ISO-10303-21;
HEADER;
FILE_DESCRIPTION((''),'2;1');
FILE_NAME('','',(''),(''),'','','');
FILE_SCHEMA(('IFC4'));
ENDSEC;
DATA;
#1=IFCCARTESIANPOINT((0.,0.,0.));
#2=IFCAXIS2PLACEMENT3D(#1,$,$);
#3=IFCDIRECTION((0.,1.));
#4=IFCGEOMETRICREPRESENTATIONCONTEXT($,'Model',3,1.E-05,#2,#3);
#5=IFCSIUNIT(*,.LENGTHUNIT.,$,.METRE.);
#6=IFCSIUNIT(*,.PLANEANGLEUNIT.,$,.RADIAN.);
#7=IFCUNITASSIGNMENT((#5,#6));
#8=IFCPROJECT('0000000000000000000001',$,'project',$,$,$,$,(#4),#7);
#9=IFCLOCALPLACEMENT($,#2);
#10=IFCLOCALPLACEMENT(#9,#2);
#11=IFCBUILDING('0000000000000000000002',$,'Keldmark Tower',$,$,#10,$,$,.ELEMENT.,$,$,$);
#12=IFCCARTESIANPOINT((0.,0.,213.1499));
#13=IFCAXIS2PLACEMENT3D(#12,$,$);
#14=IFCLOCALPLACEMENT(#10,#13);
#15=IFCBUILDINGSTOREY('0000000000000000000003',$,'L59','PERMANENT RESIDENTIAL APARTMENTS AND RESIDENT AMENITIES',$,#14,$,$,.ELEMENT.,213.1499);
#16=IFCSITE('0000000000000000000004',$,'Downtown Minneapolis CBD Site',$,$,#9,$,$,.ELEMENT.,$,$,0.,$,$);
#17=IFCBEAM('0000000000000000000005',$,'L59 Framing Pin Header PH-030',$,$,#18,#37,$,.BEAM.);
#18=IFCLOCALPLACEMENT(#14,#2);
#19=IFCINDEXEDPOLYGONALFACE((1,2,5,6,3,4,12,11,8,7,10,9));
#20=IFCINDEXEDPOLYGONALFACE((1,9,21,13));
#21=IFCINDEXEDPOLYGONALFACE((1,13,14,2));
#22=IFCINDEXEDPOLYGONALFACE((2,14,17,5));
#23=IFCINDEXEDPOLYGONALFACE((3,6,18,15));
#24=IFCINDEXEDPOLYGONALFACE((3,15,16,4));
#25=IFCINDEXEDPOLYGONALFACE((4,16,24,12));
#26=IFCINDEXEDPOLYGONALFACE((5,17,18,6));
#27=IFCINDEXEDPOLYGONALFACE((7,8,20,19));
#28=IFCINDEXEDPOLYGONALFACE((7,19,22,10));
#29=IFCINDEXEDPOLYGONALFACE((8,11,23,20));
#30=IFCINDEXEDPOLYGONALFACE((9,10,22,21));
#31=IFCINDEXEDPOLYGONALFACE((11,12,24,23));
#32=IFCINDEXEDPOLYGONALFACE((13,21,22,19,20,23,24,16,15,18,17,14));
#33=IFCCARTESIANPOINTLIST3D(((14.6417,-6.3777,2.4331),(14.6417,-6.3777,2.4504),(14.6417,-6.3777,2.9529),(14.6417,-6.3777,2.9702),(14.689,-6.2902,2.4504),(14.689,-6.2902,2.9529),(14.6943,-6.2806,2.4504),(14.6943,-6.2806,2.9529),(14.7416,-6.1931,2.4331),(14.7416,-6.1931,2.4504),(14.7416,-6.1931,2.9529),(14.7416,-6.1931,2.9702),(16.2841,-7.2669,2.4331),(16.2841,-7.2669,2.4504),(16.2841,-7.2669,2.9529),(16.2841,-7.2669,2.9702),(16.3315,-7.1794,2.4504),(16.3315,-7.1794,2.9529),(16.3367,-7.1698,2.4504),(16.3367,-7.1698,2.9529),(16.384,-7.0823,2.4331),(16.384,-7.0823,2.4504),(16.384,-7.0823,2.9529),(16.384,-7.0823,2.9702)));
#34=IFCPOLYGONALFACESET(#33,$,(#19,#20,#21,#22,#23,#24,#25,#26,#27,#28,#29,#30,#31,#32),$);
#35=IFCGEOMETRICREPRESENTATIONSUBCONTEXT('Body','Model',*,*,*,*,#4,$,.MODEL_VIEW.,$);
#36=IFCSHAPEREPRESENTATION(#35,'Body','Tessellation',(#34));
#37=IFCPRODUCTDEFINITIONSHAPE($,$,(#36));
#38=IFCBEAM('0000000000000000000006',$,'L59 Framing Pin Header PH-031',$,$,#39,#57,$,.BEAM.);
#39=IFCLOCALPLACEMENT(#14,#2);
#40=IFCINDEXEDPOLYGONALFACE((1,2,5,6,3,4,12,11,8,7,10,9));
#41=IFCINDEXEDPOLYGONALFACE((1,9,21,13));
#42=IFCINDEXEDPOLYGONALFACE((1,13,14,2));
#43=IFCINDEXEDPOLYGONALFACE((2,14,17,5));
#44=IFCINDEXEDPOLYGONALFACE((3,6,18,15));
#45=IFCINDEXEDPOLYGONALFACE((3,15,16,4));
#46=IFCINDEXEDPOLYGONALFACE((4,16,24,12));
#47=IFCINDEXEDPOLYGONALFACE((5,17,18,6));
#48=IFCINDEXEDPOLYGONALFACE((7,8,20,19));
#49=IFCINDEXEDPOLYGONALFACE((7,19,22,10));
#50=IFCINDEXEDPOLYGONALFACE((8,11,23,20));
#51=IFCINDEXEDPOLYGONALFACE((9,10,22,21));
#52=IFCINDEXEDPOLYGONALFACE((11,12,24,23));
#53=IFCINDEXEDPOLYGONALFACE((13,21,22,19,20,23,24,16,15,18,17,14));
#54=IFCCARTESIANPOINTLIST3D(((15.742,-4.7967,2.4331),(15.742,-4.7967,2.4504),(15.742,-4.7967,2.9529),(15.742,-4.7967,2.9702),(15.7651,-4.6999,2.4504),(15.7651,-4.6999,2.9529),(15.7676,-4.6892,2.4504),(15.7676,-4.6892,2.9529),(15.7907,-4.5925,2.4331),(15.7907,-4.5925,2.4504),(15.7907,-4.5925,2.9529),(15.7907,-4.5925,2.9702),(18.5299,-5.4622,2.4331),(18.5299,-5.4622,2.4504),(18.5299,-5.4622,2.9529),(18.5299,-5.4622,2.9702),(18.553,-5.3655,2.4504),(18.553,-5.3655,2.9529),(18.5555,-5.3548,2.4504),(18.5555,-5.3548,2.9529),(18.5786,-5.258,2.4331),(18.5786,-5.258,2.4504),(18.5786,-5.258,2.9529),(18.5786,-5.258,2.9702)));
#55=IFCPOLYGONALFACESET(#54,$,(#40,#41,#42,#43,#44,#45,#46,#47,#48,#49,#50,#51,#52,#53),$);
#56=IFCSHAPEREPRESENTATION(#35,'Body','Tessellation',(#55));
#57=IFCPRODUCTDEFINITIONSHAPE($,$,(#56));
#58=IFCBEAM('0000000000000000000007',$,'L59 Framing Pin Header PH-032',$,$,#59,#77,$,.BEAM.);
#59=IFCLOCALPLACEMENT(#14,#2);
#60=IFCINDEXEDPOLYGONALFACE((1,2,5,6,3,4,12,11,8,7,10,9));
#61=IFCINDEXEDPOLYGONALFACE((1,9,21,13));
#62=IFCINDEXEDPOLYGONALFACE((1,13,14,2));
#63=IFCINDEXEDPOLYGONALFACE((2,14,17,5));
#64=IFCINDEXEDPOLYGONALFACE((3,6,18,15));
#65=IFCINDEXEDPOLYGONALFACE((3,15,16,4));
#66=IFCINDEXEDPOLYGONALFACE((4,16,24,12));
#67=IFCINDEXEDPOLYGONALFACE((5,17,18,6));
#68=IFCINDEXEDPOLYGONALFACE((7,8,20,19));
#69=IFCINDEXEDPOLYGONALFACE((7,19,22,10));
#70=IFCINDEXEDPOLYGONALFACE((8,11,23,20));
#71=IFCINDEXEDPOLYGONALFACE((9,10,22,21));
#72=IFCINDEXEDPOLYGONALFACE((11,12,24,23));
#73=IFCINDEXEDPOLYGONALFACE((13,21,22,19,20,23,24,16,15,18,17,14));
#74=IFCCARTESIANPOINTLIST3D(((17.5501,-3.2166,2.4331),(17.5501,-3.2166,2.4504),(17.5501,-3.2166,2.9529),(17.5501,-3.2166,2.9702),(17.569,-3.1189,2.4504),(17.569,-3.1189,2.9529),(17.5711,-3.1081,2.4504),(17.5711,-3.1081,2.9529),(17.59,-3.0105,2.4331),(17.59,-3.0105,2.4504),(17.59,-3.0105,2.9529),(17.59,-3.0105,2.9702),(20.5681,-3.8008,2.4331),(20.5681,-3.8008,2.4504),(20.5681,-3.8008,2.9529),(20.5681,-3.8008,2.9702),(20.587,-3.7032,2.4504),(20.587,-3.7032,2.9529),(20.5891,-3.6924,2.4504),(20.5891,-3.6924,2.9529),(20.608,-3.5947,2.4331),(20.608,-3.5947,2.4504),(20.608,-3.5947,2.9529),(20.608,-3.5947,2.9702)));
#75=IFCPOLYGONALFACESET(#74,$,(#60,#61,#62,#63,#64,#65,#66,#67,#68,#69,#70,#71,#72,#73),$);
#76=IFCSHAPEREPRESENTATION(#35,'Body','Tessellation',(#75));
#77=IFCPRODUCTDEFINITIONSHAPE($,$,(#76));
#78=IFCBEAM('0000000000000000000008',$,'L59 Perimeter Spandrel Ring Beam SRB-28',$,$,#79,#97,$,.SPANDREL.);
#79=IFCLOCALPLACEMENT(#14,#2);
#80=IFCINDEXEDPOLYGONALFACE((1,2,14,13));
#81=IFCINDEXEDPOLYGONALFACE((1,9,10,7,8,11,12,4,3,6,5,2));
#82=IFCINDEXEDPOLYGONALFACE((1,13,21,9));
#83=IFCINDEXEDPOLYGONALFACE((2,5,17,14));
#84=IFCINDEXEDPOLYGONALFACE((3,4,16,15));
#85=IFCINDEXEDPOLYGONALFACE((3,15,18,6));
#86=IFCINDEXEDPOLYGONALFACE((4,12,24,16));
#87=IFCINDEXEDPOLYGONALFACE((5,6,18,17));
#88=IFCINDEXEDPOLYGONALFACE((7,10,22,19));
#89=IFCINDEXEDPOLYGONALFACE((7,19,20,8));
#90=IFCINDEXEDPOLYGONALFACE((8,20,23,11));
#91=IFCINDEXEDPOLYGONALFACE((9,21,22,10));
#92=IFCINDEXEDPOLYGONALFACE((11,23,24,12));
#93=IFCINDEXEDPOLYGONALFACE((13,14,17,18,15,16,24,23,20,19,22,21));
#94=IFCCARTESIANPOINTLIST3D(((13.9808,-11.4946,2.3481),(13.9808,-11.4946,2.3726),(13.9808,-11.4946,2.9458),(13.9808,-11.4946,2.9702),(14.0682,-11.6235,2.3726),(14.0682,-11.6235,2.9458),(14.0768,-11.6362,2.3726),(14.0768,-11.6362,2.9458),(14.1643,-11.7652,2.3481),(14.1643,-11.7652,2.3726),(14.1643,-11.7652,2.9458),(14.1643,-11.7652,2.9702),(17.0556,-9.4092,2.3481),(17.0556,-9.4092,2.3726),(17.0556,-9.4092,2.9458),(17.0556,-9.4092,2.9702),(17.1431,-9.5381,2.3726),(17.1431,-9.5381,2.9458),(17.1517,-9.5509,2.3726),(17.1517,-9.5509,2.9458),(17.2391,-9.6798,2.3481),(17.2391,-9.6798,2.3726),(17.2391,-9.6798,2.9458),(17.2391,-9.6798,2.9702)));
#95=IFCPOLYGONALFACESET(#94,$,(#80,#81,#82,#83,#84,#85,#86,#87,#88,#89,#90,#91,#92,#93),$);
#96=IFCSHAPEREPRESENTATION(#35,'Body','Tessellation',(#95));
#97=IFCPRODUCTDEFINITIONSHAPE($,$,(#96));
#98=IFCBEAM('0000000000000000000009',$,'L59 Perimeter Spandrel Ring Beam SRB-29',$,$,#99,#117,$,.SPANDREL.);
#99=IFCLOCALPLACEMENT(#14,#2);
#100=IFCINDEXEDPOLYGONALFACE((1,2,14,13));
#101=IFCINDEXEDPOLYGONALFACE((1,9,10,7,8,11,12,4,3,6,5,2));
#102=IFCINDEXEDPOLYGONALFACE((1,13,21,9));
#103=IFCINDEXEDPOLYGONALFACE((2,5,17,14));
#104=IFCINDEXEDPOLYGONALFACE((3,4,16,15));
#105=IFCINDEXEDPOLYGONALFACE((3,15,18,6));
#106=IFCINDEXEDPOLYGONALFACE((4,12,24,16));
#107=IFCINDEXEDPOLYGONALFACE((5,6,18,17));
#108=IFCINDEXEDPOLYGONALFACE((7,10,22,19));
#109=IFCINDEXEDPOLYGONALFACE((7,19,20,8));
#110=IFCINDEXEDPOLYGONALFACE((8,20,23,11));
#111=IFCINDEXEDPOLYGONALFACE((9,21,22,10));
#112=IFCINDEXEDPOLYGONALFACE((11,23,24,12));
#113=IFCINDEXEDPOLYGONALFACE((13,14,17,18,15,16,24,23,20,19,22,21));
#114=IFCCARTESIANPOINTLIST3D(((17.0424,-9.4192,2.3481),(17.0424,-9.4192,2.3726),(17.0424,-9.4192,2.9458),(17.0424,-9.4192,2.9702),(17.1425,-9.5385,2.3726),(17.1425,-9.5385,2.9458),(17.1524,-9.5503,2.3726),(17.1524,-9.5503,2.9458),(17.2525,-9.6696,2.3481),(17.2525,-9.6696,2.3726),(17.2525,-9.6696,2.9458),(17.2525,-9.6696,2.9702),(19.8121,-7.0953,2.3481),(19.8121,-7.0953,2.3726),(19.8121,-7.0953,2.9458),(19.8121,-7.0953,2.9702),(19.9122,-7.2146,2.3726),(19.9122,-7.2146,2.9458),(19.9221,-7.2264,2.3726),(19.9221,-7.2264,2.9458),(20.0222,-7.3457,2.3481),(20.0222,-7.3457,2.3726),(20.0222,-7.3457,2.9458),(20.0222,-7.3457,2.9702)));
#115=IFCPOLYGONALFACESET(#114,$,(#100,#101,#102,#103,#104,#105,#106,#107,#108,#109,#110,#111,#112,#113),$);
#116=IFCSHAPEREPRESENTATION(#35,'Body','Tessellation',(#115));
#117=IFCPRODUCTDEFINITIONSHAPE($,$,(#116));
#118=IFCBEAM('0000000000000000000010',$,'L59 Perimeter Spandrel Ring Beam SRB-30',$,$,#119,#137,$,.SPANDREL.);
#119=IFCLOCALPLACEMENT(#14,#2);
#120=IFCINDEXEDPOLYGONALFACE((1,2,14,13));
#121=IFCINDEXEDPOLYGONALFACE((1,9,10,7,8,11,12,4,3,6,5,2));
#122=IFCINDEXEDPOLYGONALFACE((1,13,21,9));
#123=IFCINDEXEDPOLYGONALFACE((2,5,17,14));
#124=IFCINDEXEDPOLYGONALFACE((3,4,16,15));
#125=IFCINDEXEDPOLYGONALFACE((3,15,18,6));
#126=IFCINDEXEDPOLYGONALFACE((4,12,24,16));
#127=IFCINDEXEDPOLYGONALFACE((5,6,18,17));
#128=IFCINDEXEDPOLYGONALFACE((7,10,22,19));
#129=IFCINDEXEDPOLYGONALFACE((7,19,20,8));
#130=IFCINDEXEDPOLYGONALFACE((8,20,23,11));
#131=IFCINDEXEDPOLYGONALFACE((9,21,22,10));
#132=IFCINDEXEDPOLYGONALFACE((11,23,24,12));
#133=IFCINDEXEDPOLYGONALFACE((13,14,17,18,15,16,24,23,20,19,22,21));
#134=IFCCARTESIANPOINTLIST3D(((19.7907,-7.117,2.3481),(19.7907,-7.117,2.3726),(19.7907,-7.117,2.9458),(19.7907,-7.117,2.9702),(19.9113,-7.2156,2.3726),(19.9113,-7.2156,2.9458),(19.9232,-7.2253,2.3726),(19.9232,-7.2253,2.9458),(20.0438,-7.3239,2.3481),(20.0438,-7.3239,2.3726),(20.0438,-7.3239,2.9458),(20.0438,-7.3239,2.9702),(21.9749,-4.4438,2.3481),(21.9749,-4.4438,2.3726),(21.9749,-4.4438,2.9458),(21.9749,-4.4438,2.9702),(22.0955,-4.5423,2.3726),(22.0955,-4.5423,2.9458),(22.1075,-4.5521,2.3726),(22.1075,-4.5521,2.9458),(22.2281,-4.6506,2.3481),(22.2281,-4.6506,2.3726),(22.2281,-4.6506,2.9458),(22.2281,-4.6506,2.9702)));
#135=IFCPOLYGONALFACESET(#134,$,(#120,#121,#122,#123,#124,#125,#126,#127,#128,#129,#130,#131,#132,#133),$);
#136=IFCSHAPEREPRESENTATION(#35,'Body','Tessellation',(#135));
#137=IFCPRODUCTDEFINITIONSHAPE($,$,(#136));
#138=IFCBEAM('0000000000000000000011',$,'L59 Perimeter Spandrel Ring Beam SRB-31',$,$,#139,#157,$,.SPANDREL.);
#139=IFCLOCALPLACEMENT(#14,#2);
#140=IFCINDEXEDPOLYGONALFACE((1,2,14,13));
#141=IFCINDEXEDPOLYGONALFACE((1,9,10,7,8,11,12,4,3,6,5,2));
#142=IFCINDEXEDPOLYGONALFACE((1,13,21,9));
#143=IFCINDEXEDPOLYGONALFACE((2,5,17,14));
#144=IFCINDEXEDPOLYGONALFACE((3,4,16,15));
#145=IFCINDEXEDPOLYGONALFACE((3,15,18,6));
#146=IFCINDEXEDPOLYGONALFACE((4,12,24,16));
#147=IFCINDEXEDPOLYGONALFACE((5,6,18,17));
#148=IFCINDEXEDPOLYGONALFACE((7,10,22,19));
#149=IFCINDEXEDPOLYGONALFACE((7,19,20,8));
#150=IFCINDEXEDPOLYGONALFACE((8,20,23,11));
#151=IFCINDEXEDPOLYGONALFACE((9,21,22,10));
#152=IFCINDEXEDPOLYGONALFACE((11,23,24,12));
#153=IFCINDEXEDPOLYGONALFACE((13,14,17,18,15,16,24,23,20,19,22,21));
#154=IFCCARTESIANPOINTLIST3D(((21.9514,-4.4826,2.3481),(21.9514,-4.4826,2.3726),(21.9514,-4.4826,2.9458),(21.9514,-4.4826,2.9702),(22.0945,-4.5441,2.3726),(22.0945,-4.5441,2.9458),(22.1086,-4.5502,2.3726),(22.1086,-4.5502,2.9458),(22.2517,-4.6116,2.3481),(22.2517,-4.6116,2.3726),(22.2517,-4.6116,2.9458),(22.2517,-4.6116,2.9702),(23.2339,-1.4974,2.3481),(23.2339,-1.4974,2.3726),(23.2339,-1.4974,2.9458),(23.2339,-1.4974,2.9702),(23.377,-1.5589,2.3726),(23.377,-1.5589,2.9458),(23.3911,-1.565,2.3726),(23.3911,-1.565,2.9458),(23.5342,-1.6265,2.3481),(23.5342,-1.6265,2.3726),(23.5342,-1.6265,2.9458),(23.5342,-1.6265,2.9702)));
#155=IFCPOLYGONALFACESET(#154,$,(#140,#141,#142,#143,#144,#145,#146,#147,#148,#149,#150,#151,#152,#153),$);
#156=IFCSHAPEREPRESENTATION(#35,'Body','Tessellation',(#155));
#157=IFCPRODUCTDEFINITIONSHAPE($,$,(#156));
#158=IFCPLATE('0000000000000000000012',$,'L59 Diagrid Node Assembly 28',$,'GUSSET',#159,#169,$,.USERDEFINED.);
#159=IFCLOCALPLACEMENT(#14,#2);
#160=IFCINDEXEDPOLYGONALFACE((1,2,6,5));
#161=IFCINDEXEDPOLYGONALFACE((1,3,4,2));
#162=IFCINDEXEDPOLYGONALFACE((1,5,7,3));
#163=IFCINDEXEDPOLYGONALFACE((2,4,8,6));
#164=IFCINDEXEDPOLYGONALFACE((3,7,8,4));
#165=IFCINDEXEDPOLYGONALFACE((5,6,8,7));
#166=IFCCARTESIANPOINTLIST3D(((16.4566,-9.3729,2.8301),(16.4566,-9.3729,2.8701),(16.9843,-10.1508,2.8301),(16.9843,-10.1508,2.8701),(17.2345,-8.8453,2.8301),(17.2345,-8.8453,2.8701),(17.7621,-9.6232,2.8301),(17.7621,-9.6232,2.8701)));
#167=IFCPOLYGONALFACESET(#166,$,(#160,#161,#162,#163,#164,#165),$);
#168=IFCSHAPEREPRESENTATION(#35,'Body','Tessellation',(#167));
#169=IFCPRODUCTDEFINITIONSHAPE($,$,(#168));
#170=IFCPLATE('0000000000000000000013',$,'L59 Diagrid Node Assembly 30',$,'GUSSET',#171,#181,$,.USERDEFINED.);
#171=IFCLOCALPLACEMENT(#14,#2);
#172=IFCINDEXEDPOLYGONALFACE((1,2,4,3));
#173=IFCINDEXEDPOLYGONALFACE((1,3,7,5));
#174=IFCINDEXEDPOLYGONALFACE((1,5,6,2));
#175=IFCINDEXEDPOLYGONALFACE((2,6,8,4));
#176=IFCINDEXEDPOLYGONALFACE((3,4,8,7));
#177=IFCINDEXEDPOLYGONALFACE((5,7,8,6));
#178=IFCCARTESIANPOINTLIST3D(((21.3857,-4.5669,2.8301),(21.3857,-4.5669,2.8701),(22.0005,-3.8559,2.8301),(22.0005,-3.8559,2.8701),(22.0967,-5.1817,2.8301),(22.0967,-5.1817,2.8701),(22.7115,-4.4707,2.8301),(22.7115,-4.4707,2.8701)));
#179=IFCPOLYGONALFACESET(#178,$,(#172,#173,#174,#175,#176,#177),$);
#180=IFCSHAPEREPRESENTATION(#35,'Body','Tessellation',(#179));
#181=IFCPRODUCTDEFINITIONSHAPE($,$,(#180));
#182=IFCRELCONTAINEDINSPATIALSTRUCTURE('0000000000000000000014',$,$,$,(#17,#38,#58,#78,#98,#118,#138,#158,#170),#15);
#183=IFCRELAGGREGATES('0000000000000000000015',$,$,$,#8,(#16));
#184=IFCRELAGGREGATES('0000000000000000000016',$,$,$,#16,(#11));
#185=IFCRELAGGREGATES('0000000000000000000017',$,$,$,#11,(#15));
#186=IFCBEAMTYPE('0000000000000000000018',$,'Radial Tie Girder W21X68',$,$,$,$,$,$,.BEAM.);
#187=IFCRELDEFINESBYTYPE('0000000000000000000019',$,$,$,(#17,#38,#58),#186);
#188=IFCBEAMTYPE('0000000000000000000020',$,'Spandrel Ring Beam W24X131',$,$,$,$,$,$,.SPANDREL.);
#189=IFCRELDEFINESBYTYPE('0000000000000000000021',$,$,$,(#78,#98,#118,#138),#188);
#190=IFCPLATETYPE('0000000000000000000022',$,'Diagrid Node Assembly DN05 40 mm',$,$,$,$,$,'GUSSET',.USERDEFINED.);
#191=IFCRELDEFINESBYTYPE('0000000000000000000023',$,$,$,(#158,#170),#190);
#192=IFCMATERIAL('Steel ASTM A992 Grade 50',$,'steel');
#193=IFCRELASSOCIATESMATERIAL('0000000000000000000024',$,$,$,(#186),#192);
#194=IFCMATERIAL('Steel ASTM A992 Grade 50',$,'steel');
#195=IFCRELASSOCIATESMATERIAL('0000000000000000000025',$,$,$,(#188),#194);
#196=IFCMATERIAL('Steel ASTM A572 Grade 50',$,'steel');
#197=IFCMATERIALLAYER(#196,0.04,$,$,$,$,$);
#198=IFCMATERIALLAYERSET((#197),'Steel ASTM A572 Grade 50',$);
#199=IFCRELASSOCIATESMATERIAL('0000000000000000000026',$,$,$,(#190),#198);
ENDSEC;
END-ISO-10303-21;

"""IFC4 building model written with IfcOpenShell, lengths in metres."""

from ifc_helpers import new_model, si_unit, direction, frame, origin, origin_2d, place, context, subcontext, project, spatial, rectangle, i_section, extrude, material, layer, layer_set, material_profile, profile_set, type_object, element, save


model = new_model("IFC4")

# Units and contexts
model_context = context("Model", 3, precision=1e-05, world=origin(), true_north=direction((0.0, 1.0)))
body_context = subcontext(model_context, "Body", "Model", "MODEL_VIEW")
ifc_project = project(units=[si_unit("LENGTHUNIT", "METRE"), si_unit("PLANEANGLEUNIT", "RADIAN")], contexts=[model_context])

# Site, building, storey
site_placement = place(None, origin())
site = spatial("IfcSite", under=ifc_project, at=site_placement, Name="Downtown Minneapolis CBD Site", CompositionType="ELEMENT", RefElevation=0.0)
building_placement = place(site_placement, origin())
building = spatial("IfcBuilding", under=site, at=building_placement, Name="Keldmark Tower", CompositionType="ELEMENT")
storey_placement = place(building_placement, frame((0.0, 0.0, 213.1499)))
storey = spatial("IfcBuildingStorey", under=building, at=storey_placement, Name="L59", Description="PERMANENT RESIDENTIAL APARTMENTS AND RESIDENT AMENITIES", CompositionType="ELEMENT", Elevation=213.1499)

# Beams
ifc_material_1 = material(Name="Steel ASTM A992 Grade 50", Category="steel")
ifc_material_profile_1 = material_profile(ifc_material_1, i_section(OverallWidth=0.21, OverallDepth=0.5371, WebThickness=0.011, FlangeThickness=0.0173, at=origin_2d()), Name="W21X68")
ifc_profile_set_1 = profile_set([ifc_material_profile_1], Name="Steel ASTM A992 Grade 50")
beam_type_1 = type_object("IfcBeamType", Name="Radial Tie Girder W21X68", PredefinedType="BEAM", material=ifc_profile_set_1)
beam_1_placement = place(storey_placement, frame((14.6917, -6.2854, 2.7017), z_axis=(0.87939, -0.476102, 0.0), x_axis=(0.476102, 0.87939, 0.0)))
element("IfcBeam", 1, at=beam_1_placement, inside=storey, type_object=beam_type_1, Name="L59 Framing Pin Header PH-030", PredefinedType="BEAM", context=body_context, shape_type="SweptSolid", body=[
    extrude(i_section(OverallWidth=0.21, OverallDepth=0.5371, WebThickness=0.011, FlangeThickness=0.0173, at=origin_2d()), origin(), (0.0, 0.0, 1.0), 1.8677),
])
beam_2_placement = place(storey_placement, frame((15.7664, -4.6946, 2.7017), z_axis=(0.972668, -0.2322, 0.0), x_axis=(0.2322, 0.972668, 0.0)))
element("IfcBeam", 2, at=beam_2_placement, inside=storey, type_object=beam_type_1, Name="L59 Framing Pin Header PH-031", PredefinedType="BEAM", context=body_context, shape_type="SweptSolid", body=[
    extrude(i_section(OverallWidth=0.21, OverallDepth=0.5371, WebThickness=0.011, FlangeThickness=0.0173, at=origin_2d()), origin(), (0.0, 0.0, 1.0), 2.8662),
])
beam_3_placement = place(storey_placement, frame((17.5701, -3.1135, 2.7017), z_axis=(0.981772, -0.190064, 0.0), x_axis=(0.190064, 0.981772, 0.0)))
element("IfcBeam", 3, at=beam_3_placement, inside=storey, type_object=beam_type_1, Name="L59 Framing Pin Header PH-032", PredefinedType="BEAM", context=body_context, shape_type="SweptSolid", body=[
    extrude(i_section(OverallWidth=0.21, OverallDepth=0.5371, WebThickness=0.011, FlangeThickness=0.0173, at=origin_2d()), origin(), (0.0, 0.0, 1.0), 3.074),
])
ifc_material_2 = material(Name="Steel ASTM A992 Grade 50", Category="steel")
ifc_material_profile_2 = material_profile(ifc_material_2, i_section(OverallWidth=0.3269, OverallDepth=0.6221, WebThickness=0.0154, FlangeThickness=0.0244, at=origin_2d()), Name="W24X131")
ifc_profile_set_2 = profile_set([ifc_material_profile_2], Name="Steel ASTM A992 Grade 50")
beam_type_2 = type_object("IfcBeamType", Name="Spandrel Ring Beam W24X131", PredefinedType="SPANDREL", material=ifc_profile_set_2)
beam_4_placement = place(storey_placement, frame((14.0725, -11.6299, 2.6592), z_axis=(0.827616, 0.561294, 0.0), x_axis=(-0.561294, 0.827616, 0.0)))
element("IfcBeam", 4, at=beam_4_placement, inside=storey, type_object=beam_type_2, Name="L59 Perimeter Spandrel Ring Beam SRB-28", PredefinedType="SPANDREL", context=body_context, shape_type="SweptSolid", body=[
    extrude(i_section(OverallWidth=0.3269, OverallDepth=0.6221, WebThickness=0.0154, FlangeThickness=0.0244, at=origin_2d()), origin(), (0.0, 0.0, 1.0), 3.7153),
])
beam_5_placement = place(storey_placement, frame((17.1475, -9.5444, 2.6592), z_axis=(0.766064, 0.642764, 0.0), x_axis=(-0.642764, 0.766064, 0.0)))
element("IfcBeam", 5, at=beam_5_placement, inside=storey, type_object=beam_type_2, Name="L59 Perimeter Spandrel Ring Beam SRB-29", PredefinedType="SPANDREL", context=body_context, shape_type="SweptSolid", body=[
    extrude(i_section(OverallWidth=0.3269, OverallDepth=0.6221, WebThickness=0.0154, FlangeThickness=0.0244, at=origin_2d()), origin(), (0.0, 0.0, 1.0), 3.6155),
])
beam_6_placement = place(storey_placement, frame((19.9172, -7.2205, 2.6592), z_axis=(0.632725, 0.774376, 0.0), x_axis=(-0.774376, 0.632725, 0.0)))
element("IfcBeam", 6, at=beam_6_placement, inside=storey, type_object=beam_type_2, Name="L59 Perimeter Spandrel Ring Beam SRB-30", PredefinedType="SPANDREL", context=body_context, shape_type="SweptSolid", body=[
    extrude(i_section(OverallWidth=0.3269, OverallDepth=0.6221, WebThickness=0.0154, FlangeThickness=0.0244, at=origin_2d()), origin(), (0.0, 0.0, 1.0), 3.4521),
])
beam_7_placement = place(storey_placement, frame((22.1016, -4.5471, 2.6592), z_axis=(0.394735, 0.918795, 0.0), x_axis=(-0.918795, 0.394735, 0.0)))
element("IfcBeam", 7, at=beam_7_placement, inside=storey, type_object=beam_type_2, Name="L59 Perimeter Spandrel Ring Beam SRB-31", PredefinedType="SPANDREL", context=body_context, shape_type="SweptSolid", body=[
    extrude(i_section(OverallWidth=0.3269, OverallDepth=0.6221, WebThickness=0.0154, FlangeThickness=0.0244, at=origin_2d()), origin(), (0.0, 0.0, 1.0), 3.249),
])

# Plates
ifc_material_3 = material(Name="Steel ASTM A572 Grade 50", Category="steel")
ifc_layer_1 = layer(ifc_material_3, 0.04)
ifc_layer_set_1 = layer_set([ifc_layer_1], Name="Steel ASTM A572 Grade 50")
plate_type = type_object("IfcPlateType", Name="Diagrid Node Assembly DN05 40 mm", ElementType="GUSSET", PredefinedType="USERDEFINED", material=ifc_layer_set_1)
for number, where, z_axis, x_axis, name in (
    (8, (17.1094, -9.498, 2.8301), (0.0, 0.0, 1.0), (0.827571, 0.561361, 0.0), "L59 Diagrid Node Assembly 28"),
    (9, (22.0486, -4.5188, 2.8301), (0.0, 0.0, 1.0), (0.654081, 0.756425, 0.0), "L59 Diagrid Node Assembly 30"),
):
    element("IfcPlate", number, at=place(storey_placement, frame(where, z_axis=z_axis, x_axis=x_axis)), inside=storey, type_object=plate_type, Name=name, ObjectType="GUSSET", PredefinedType="USERDEFINED", context=body_context, shape_type="SweptSolid", body=[
        extrude(rectangle(XDim=0.9399, YDim=0.9399, at=origin_2d()), origin(), (0.0, 0.0, 1.0), 0.04),
    ])

save(model, "model.ifc")
